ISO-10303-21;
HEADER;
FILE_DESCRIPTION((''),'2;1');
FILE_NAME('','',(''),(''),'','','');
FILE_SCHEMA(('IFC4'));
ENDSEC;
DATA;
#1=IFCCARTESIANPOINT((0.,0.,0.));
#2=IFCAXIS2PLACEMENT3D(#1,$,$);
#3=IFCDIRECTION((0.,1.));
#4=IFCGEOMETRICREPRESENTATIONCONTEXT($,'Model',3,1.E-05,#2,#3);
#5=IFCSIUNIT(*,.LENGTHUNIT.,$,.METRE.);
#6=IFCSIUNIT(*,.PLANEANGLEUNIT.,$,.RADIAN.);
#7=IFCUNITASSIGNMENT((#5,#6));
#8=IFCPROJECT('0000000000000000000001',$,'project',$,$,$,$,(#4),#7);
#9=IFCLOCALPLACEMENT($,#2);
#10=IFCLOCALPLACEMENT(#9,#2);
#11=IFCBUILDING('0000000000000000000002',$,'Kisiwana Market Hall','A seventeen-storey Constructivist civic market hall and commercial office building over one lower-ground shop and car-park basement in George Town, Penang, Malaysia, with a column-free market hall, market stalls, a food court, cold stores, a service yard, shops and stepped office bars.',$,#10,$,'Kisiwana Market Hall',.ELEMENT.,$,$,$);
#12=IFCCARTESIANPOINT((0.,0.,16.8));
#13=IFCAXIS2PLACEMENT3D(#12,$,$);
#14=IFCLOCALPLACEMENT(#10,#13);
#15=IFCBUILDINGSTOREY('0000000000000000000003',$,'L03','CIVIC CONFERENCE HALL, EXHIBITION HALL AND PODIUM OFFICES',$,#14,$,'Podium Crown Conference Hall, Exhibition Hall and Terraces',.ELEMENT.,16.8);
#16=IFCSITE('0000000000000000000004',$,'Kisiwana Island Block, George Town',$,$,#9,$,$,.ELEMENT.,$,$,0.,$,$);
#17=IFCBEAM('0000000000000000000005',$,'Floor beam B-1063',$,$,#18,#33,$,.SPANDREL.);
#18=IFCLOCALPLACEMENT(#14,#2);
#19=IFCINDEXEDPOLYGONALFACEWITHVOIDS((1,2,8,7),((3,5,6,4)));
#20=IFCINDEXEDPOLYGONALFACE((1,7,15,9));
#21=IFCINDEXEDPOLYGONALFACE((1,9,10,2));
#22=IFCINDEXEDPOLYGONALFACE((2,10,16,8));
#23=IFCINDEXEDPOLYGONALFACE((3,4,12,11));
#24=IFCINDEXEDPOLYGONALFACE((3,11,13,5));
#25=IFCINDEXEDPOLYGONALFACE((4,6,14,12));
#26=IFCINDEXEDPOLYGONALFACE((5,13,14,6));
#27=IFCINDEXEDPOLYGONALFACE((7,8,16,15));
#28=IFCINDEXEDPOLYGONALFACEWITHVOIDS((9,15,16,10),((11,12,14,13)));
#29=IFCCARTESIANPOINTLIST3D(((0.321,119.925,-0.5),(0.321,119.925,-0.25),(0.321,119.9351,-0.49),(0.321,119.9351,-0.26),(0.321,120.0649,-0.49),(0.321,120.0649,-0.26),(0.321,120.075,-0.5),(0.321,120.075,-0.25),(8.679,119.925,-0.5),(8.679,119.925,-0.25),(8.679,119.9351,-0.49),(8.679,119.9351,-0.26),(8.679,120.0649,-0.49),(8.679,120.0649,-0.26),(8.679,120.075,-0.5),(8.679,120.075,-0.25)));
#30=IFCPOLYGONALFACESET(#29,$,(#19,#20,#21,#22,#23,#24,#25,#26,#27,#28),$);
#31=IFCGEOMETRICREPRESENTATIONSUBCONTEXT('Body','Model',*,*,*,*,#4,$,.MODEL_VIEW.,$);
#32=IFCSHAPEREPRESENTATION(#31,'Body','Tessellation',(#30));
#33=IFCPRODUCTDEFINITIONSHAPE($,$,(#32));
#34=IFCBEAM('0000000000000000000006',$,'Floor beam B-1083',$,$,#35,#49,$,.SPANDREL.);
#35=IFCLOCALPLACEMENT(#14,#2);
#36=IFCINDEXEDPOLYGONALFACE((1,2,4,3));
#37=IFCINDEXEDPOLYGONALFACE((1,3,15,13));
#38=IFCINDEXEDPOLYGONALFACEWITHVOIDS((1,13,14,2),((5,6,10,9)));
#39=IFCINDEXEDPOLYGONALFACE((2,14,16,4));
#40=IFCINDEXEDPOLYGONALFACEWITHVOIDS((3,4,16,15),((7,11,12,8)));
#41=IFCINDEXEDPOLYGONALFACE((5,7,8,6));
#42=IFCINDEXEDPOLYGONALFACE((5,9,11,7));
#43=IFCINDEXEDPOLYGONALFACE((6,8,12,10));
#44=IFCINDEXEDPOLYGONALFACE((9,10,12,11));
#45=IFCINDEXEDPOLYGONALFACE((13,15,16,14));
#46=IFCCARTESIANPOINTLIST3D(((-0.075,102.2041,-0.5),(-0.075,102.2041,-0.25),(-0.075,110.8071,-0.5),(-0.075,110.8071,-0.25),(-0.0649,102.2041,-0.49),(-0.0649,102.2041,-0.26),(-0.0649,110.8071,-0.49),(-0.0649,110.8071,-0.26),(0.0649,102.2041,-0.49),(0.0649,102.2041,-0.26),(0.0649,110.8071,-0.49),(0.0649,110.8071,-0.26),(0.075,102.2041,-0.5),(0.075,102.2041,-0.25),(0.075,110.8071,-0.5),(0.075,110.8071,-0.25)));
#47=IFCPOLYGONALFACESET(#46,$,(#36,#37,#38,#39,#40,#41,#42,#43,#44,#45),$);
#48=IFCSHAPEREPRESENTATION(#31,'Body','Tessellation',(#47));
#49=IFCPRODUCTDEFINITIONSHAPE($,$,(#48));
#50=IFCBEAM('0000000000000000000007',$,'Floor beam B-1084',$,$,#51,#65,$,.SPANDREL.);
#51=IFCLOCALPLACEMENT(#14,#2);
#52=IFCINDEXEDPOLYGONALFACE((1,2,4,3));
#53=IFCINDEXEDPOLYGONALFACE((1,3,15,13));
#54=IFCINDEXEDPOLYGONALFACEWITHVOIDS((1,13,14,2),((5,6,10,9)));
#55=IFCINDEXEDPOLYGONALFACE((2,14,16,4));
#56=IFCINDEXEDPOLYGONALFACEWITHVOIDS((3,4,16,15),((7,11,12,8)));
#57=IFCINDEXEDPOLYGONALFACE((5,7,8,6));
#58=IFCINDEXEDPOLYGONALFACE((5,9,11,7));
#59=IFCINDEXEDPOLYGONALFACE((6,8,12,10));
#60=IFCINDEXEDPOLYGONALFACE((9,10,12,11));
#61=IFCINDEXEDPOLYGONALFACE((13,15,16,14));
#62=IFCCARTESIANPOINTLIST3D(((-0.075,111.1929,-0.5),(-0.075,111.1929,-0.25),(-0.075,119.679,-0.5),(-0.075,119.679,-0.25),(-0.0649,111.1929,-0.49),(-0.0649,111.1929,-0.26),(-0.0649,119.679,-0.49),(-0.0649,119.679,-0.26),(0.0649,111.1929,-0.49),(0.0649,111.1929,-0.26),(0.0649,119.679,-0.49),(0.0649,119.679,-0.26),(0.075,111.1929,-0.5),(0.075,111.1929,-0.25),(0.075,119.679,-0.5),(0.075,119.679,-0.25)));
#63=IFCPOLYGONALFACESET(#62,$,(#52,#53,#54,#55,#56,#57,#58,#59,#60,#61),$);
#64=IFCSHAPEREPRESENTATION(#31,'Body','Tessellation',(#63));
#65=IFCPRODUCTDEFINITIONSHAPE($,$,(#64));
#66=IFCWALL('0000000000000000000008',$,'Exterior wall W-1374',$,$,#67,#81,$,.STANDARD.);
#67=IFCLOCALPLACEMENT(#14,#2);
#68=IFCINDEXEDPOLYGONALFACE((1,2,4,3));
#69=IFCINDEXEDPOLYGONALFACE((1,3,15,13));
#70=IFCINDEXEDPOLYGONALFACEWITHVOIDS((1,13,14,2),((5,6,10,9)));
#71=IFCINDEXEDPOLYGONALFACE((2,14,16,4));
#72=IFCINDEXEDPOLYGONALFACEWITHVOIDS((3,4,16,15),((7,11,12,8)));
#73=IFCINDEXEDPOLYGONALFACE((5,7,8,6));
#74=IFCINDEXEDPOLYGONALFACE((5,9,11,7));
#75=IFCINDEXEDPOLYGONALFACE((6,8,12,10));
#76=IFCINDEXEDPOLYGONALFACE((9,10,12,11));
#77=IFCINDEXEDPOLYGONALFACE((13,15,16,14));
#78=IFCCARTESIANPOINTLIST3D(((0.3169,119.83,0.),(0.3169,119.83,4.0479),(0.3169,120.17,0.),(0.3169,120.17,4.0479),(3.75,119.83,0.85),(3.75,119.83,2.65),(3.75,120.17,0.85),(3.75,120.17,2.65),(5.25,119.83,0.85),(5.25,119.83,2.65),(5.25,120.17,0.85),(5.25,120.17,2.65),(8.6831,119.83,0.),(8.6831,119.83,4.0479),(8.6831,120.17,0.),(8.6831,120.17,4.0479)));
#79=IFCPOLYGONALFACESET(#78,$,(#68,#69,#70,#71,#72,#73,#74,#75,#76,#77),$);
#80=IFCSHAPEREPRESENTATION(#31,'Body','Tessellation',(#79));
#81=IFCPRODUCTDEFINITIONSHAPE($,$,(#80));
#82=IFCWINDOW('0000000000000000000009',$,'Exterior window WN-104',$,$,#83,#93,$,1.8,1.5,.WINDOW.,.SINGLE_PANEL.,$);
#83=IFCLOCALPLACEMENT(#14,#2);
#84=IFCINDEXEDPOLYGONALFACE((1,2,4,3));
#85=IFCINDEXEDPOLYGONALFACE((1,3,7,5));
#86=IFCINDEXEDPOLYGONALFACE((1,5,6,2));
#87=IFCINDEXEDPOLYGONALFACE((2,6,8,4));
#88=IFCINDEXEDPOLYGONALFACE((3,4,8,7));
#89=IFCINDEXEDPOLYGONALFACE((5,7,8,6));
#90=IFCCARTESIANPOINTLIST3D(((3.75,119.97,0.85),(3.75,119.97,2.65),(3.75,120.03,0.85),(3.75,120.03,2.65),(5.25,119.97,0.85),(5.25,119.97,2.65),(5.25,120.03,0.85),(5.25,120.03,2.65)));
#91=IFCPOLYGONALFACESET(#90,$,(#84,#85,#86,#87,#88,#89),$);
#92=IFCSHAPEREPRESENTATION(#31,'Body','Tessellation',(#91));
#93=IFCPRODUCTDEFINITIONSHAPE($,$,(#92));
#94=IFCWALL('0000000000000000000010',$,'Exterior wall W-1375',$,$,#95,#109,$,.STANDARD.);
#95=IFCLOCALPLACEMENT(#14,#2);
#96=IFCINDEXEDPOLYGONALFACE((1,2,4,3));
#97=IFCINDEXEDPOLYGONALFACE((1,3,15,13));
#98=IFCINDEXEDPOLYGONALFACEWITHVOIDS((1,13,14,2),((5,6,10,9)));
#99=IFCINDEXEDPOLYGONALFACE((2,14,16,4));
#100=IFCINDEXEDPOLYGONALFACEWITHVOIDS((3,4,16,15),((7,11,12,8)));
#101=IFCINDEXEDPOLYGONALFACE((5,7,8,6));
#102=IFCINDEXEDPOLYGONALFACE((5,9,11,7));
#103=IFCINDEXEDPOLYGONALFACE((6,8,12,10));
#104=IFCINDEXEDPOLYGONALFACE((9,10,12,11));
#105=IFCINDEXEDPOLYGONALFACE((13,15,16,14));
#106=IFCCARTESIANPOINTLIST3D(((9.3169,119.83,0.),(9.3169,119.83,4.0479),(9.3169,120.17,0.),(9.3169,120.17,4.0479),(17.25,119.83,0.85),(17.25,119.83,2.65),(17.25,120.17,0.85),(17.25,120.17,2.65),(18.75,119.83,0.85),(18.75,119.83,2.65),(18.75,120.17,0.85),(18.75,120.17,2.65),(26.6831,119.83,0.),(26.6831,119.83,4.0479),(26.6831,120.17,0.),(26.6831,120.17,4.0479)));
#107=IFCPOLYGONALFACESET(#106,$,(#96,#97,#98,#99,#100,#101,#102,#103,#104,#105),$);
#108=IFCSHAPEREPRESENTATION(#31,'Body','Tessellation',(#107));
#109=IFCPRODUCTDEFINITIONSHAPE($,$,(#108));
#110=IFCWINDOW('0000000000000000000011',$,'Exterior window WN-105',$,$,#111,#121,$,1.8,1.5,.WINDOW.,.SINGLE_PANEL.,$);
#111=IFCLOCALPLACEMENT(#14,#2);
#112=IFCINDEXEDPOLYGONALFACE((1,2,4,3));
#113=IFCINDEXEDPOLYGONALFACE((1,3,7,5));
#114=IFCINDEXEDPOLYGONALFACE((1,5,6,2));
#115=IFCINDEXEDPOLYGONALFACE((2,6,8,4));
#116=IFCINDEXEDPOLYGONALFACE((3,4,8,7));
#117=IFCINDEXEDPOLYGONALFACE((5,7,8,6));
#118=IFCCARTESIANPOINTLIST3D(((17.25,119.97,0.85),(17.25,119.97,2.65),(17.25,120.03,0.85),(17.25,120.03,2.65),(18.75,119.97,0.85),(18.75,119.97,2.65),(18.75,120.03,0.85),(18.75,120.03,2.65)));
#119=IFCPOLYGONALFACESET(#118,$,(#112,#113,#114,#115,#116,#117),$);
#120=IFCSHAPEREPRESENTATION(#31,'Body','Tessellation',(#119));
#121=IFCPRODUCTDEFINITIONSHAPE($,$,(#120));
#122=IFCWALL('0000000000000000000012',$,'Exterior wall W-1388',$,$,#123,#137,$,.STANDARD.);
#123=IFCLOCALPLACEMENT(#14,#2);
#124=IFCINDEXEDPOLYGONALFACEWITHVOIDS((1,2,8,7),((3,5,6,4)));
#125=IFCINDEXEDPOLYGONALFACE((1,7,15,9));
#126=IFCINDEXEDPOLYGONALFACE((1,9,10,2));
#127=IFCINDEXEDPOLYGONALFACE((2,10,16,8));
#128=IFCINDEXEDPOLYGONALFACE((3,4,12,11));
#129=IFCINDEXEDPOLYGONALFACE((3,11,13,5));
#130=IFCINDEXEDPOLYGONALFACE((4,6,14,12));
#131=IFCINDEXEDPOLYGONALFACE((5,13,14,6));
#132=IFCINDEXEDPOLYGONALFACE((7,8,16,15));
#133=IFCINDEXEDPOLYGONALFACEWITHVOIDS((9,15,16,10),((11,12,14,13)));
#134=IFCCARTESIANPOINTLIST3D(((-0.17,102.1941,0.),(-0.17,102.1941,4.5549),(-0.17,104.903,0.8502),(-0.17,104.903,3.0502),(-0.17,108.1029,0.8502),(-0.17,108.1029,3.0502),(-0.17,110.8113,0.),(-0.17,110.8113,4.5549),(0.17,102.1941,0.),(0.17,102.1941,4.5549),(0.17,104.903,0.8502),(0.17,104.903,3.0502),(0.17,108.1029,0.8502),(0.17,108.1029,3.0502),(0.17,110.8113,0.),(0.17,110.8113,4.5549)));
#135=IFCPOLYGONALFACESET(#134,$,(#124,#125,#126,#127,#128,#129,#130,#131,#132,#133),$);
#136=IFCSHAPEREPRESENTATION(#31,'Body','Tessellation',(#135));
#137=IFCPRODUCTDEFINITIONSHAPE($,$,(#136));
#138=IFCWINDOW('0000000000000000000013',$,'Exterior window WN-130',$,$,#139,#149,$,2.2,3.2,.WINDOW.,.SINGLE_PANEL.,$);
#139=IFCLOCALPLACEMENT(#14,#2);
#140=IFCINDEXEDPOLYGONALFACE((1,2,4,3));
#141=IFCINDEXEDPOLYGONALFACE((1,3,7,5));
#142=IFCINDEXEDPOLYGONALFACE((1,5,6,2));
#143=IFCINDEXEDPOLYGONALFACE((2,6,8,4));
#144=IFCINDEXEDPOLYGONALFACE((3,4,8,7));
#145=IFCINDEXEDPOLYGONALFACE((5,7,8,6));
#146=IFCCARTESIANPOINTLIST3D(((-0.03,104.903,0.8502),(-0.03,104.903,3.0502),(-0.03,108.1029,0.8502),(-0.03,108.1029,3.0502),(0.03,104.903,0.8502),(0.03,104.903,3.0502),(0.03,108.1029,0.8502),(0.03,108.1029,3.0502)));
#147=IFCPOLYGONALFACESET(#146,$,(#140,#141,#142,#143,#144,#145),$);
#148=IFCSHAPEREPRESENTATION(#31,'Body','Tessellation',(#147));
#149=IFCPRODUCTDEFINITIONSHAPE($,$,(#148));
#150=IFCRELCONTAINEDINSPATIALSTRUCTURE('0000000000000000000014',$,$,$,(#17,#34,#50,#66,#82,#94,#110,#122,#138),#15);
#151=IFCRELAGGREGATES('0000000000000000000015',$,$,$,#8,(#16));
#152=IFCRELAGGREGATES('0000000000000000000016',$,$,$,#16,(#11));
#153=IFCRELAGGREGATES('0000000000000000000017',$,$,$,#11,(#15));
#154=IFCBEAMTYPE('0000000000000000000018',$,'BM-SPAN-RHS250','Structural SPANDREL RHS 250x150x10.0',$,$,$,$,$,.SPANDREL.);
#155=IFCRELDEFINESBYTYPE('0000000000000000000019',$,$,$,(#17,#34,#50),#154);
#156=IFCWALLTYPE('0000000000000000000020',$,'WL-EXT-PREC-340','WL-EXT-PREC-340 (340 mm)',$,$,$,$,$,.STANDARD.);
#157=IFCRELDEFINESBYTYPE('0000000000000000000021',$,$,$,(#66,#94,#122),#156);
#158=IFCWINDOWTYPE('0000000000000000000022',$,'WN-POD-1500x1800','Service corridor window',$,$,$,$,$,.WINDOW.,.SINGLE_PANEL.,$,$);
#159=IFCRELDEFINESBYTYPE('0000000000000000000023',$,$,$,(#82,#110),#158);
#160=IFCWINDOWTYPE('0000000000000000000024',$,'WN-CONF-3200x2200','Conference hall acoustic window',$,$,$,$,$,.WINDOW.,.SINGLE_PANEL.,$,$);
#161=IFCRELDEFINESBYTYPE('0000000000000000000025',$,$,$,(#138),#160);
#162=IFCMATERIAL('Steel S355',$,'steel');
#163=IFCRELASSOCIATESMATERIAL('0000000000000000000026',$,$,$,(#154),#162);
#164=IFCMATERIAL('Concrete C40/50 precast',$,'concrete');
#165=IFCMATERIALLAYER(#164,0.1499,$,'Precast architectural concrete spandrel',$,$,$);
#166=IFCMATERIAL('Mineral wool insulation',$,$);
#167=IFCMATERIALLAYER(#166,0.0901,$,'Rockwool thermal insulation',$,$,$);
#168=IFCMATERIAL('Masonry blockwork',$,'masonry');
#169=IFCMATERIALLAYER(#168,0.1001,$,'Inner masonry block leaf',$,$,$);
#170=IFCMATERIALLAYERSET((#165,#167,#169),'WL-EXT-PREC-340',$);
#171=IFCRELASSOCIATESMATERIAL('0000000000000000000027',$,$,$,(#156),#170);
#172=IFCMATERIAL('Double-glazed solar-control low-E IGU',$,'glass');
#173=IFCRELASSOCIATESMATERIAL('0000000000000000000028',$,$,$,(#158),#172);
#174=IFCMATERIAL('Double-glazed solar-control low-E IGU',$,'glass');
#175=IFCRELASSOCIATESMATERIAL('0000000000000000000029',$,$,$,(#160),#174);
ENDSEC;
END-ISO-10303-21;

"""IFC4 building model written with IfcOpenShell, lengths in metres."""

from ifc_helpers import new_model, si_unit, direction, frame, frame_2d, origin, origin_2d, place, context, subcontext, project, spatial, rectangle, hollow_rectangle, extrude, material, layer, layer_set, material_profile, profile_set, type_object, element, fill, save


model = new_model("IFC4")

# Units and contexts
model_context = context("Model", 3, precision=1e-05, world=origin(), true_north=direction((0.0, 1.0)))
body_context = subcontext(model_context, "Body", "Model", "MODEL_VIEW")
ifc_project = project(units=[si_unit("LENGTHUNIT", "METRE"), si_unit("PLANEANGLEUNIT", "RADIAN")], contexts=[model_context])

# Site, building, storey
site_placement = place(None, origin())
site = spatial("IfcSite", under=ifc_project, at=site_placement, Name="Kisiwana Island Block, George Town", CompositionType="ELEMENT", RefElevation=0.0)
building_placement = place(site_placement, origin())
building = spatial("IfcBuilding", under=site, at=building_placement, Name="Kisiwana Market Hall", Description="A seventeen-storey Constructivist civic market hall and commercial office building over one lower-ground shop and car-park basement in George Town, Penang, Malaysia, with a column-free market hall, market stalls, a food court, cold stores, a service yard, shops and stepped office bars.", LongName="Kisiwana Market Hall", CompositionType="ELEMENT")
storey_placement = place(building_placement, frame((0.0, 0.0, 16.8)))
storey = spatial("IfcBuildingStorey", under=building, at=storey_placement, Name="L03", Description="CIVIC CONFERENCE HALL, EXHIBITION HALL AND PODIUM OFFICES", LongName="Podium Crown Conference Hall, Exhibition Hall and Terraces", CompositionType="ELEMENT", Elevation=16.8)

# Beams
ifc_material_1 = material(Name="Steel S355", Category="steel")
ifc_material_profile_1 = material_profile(ifc_material_1, hollow_rectangle(XDim=0.1499, YDim=0.25, WallThickness=0.01, at=origin_2d()), Name="RHS 250x150x10.0")
ifc_profile_set_1 = profile_set([ifc_material_profile_1], Name="Steel S355")
beam_type_1 = type_object("IfcBeamType", Name="BM-SPAN-RHS250", Description="Structural SPANDREL RHS 250x150x10.0", PredefinedType="SPANDREL", material=ifc_profile_set_1)
beam_1_placement = place(storey_placement, frame((0.321, 120.0, -0.375), z_axis=(1.0, 0.0, 0.0), x_axis=(0.0, 1.0, 0.0)))
element("IfcBeam", 1, at=beam_1_placement, inside=storey, type_object=beam_type_1, Name="Floor beam B-1063", PredefinedType="SPANDREL", context=body_context, shape_type="SweptSolid", body=[
    extrude(hollow_rectangle(XDim=0.1499, YDim=0.25, WallThickness=0.01, at=origin_2d()), origin(), (0.0, 0.0, 1.0), 8.3579),
])
beam_2_placement = place(storey_placement, frame((0.0, 102.2041, -0.375), z_axis=(0.0, 1.0, 0.0), x_axis=(-1.0, 0.0, 0.0)))
element("IfcBeam", 2, at=beam_2_placement, inside=storey, type_object=beam_type_1, Name="Floor beam B-1083", PredefinedType="SPANDREL", context=body_context, shape_type="SweptSolid", body=[
    extrude(hollow_rectangle(XDim=0.1499, YDim=0.25, WallThickness=0.01, at=origin_2d()), origin(), (0.0, 0.0, 1.0), 8.603),
])
beam_3_placement = place(storey_placement, frame((0.0, 111.1929, -0.375), z_axis=(0.0, 1.0, 0.0), x_axis=(-1.0, 0.0, 0.0)))
element("IfcBeam", 3, at=beam_3_placement, inside=storey, type_object=beam_type_1, Name="Floor beam B-1084", PredefinedType="SPANDREL", context=body_context, shape_type="SweptSolid", body=[
    extrude(hollow_rectangle(XDim=0.1499, YDim=0.25, WallThickness=0.01, at=origin_2d()), origin(), (0.0, 0.0, 1.0), 8.4861),
])

# Walls, openings, windows
ifc_material_2 = material(Name="Concrete C40/50 precast", Category="concrete")
ifc_layer_1 = layer(ifc_material_2, 0.1499, Name="Precast architectural concrete spandrel")
ifc_material_3 = material(Name="Mineral wool insulation")
ifc_layer_2 = layer(ifc_material_3, 0.0901, Name="Rockwool thermal insulation")
ifc_material_4 = material(Name="Masonry blockwork", Category="masonry")
ifc_layer_3 = layer(ifc_material_4, 0.1001, Name="Inner masonry block leaf")
ifc_layer_set_1 = layer_set([ifc_layer_1, ifc_layer_2, ifc_layer_3], Name="WL-EXT-PREC-340")
wall_type_1 = type_object("IfcWallType", Name="WL-EXT-PREC-340", Description="WL-EXT-PREC-340 (340 mm)", PredefinedType="STANDARD", material=ifc_layer_set_1)
wall_1_placement = place(storey_placement, frame((0.3169, 120.0, 0.0), z_axis=(0.0, 0.0, 1.0), x_axis=(1.0, 0.0, 0.0)))
wall_1 = element("IfcWall", 4, at=wall_1_placement, inside=storey, type_object=wall_type_1, Name="Exterior wall W-1374", PredefinedType="STANDARD", context=body_context, shape_type="SweptSolid", body=[
    extrude(rectangle(XDim=8.3662, YDim=0.3401, at=frame_2d((4.1831, 0.0))), origin(), (0.0, 0.0, 1.0), 4.0479),
])
opening_1_placement = place(wall_1_placement, frame((3.4331, 0.0, 0.8501)))
opening_1 = element("IfcOpeningElement", 5, at=opening_1_placement, cuts=wall_1, PredefinedType="OPENING", context=body_context, shape_type="SweptSolid", body=[
    extrude(rectangle(XDim=1.5, YDim=1.8, at=frame_2d((0.75, 0.8999))), frame((0.0, 0.1821, 0.0), z_axis=(0.0, -1.0, 0.0), x_axis=(1.0, 0.0, 0.0)), (0.0, 0.0, 1.0), 0.364),
])
ifc_material_5 = material(Name="Double-glazed solar-control low-E IGU", Category="glass")
window_type_1 = type_object("IfcWindowType", Name="WN-POD-1500x1800", Description="Service corridor window", PartitioningType="SINGLE_PANEL", PredefinedType="WINDOW", material=ifc_material_5)
window_1_placement = place(opening_1_placement, origin())
window_1 = element("IfcWindow", 6, at=window_1_placement, inside=storey, type_object=window_type_1, Name="Exterior window WN-104", OverallHeight=1.8, OverallWidth=1.5, PartitioningType="SINGLE_PANEL", PredefinedType="WINDOW", context=body_context, shape_type="SweptSolid", body=[
    extrude(rectangle(XDim=1.5, YDim=1.8, at=frame_2d((0.75, 0.8999))), frame((0.0, 0.03, 0.0), z_axis=(0.0, -1.0, 0.0), x_axis=(1.0, 0.0, 0.0)), (0.0, 0.0, 1.0), 0.0601),
])
fill(opening_1, window_1)
wall_2_placement = place(storey_placement, frame((9.3169, 120.0, 0.0), z_axis=(0.0, 0.0, 1.0), x_axis=(1.0, 0.0, 0.0)))
wall_2 = element("IfcWall", 7, at=wall_2_placement, inside=storey, type_object=wall_type_1, Name="Exterior wall W-1375", PredefinedType="STANDARD", context=body_context, shape_type="SweptSolid", body=[
    extrude(rectangle(XDim=17.3662, YDim=0.3401, at=frame_2d((8.6831, 0.0))), origin(), (0.0, 0.0, 1.0), 4.0479),
])
opening_2_placement = place(wall_2_placement, frame((7.9331, 0.0, 0.8501)))
opening_2 = element("IfcOpeningElement", 8, at=opening_2_placement, cuts=wall_2, PredefinedType="OPENING", context=body_context, shape_type="SweptSolid", body=[
    extrude(rectangle(XDim=1.5, YDim=1.8, at=frame_2d((0.75, 0.8999))), frame((0.0, 0.1821, 0.0), z_axis=(0.0, -1.0, 0.0), x_axis=(1.0, 0.0, 0.0)), (0.0, 0.0, 1.0), 0.364),
])
window_2_placement = place(opening_2_placement, origin())
window_2 = element("IfcWindow", 9, at=window_2_placement, inside=storey, type_object=window_type_1, Name="Exterior window WN-105", OverallHeight=1.8, OverallWidth=1.5, PartitioningType="SINGLE_PANEL", PredefinedType="WINDOW", context=body_context, shape_type="SweptSolid", body=[
    extrude(rectangle(XDim=1.5, YDim=1.8, at=frame_2d((0.75, 0.8999))), frame((0.0, 0.03, 0.0), z_axis=(0.0, -1.0, 0.0), x_axis=(1.0, 0.0, 0.0)), (0.0, 0.0, 1.0), 0.0601),
])
fill(opening_2, window_2)
wall_3_placement = place(storey_placement, frame((0.0, 102.1941, 0.0), z_axis=(0.0, 0.0, 1.0), x_axis=(0.0, 1.0, 0.0)))
wall_3 = element("IfcWall", 10, at=wall_3_placement, inside=storey, type_object=wall_type_1, Name="Exterior wall W-1388", PredefinedType="STANDARD", context=body_context, shape_type="SweptSolid", body=[
    extrude(rectangle(XDim=8.6172, YDim=0.3401, at=frame_2d((4.3086, 0.0))), origin(), (0.0, 0.0, 1.0), 4.5549),
])
opening_3_placement = place(wall_3_placement, frame((2.7087, 0.0, 0.8501)))
opening_3 = element("IfcOpeningElement", 11, at=opening_3_placement, cuts=wall_3, PredefinedType="OPENING", context=body_context, shape_type="SweptSolid", body=[
    extrude(rectangle(XDim=3.2, YDim=2.2, at=frame_2d((1.6001, 1.1001))), frame((0.0, 0.1821, 0.0), z_axis=(0.0, -1.0, 0.0), x_axis=(1.0, 0.0, 0.0)), (0.0, 0.0, 1.0), 0.364),
])
ifc_material_6 = material(Name="Double-glazed solar-control low-E IGU", Category="glass")
window_type_2 = type_object("IfcWindowType", Name="WN-CONF-3200x2200", Description="Conference hall acoustic window", PartitioningType="SINGLE_PANEL", PredefinedType="WINDOW", material=ifc_material_6)
window_3_placement = place(opening_3_placement, origin())
window_3 = element("IfcWindow", 12, at=window_3_placement, inside=storey, type_object=window_type_2, Name="Exterior window WN-130", OverallHeight=2.2, OverallWidth=3.2, PartitioningType="SINGLE_PANEL", PredefinedType="WINDOW", context=body_context, shape_type="SweptSolid", body=[
    extrude(rectangle(XDim=3.2, YDim=2.2, at=frame_2d((1.6001, 1.1001))), frame((0.0, 0.03, 0.0), z_axis=(0.0, -1.0, 0.0), x_axis=(1.0, 0.0, 0.0)), (0.0, 0.0, 1.0), 0.0601),
])
fill(opening_3, window_3)

save(model, "model.ifc")
